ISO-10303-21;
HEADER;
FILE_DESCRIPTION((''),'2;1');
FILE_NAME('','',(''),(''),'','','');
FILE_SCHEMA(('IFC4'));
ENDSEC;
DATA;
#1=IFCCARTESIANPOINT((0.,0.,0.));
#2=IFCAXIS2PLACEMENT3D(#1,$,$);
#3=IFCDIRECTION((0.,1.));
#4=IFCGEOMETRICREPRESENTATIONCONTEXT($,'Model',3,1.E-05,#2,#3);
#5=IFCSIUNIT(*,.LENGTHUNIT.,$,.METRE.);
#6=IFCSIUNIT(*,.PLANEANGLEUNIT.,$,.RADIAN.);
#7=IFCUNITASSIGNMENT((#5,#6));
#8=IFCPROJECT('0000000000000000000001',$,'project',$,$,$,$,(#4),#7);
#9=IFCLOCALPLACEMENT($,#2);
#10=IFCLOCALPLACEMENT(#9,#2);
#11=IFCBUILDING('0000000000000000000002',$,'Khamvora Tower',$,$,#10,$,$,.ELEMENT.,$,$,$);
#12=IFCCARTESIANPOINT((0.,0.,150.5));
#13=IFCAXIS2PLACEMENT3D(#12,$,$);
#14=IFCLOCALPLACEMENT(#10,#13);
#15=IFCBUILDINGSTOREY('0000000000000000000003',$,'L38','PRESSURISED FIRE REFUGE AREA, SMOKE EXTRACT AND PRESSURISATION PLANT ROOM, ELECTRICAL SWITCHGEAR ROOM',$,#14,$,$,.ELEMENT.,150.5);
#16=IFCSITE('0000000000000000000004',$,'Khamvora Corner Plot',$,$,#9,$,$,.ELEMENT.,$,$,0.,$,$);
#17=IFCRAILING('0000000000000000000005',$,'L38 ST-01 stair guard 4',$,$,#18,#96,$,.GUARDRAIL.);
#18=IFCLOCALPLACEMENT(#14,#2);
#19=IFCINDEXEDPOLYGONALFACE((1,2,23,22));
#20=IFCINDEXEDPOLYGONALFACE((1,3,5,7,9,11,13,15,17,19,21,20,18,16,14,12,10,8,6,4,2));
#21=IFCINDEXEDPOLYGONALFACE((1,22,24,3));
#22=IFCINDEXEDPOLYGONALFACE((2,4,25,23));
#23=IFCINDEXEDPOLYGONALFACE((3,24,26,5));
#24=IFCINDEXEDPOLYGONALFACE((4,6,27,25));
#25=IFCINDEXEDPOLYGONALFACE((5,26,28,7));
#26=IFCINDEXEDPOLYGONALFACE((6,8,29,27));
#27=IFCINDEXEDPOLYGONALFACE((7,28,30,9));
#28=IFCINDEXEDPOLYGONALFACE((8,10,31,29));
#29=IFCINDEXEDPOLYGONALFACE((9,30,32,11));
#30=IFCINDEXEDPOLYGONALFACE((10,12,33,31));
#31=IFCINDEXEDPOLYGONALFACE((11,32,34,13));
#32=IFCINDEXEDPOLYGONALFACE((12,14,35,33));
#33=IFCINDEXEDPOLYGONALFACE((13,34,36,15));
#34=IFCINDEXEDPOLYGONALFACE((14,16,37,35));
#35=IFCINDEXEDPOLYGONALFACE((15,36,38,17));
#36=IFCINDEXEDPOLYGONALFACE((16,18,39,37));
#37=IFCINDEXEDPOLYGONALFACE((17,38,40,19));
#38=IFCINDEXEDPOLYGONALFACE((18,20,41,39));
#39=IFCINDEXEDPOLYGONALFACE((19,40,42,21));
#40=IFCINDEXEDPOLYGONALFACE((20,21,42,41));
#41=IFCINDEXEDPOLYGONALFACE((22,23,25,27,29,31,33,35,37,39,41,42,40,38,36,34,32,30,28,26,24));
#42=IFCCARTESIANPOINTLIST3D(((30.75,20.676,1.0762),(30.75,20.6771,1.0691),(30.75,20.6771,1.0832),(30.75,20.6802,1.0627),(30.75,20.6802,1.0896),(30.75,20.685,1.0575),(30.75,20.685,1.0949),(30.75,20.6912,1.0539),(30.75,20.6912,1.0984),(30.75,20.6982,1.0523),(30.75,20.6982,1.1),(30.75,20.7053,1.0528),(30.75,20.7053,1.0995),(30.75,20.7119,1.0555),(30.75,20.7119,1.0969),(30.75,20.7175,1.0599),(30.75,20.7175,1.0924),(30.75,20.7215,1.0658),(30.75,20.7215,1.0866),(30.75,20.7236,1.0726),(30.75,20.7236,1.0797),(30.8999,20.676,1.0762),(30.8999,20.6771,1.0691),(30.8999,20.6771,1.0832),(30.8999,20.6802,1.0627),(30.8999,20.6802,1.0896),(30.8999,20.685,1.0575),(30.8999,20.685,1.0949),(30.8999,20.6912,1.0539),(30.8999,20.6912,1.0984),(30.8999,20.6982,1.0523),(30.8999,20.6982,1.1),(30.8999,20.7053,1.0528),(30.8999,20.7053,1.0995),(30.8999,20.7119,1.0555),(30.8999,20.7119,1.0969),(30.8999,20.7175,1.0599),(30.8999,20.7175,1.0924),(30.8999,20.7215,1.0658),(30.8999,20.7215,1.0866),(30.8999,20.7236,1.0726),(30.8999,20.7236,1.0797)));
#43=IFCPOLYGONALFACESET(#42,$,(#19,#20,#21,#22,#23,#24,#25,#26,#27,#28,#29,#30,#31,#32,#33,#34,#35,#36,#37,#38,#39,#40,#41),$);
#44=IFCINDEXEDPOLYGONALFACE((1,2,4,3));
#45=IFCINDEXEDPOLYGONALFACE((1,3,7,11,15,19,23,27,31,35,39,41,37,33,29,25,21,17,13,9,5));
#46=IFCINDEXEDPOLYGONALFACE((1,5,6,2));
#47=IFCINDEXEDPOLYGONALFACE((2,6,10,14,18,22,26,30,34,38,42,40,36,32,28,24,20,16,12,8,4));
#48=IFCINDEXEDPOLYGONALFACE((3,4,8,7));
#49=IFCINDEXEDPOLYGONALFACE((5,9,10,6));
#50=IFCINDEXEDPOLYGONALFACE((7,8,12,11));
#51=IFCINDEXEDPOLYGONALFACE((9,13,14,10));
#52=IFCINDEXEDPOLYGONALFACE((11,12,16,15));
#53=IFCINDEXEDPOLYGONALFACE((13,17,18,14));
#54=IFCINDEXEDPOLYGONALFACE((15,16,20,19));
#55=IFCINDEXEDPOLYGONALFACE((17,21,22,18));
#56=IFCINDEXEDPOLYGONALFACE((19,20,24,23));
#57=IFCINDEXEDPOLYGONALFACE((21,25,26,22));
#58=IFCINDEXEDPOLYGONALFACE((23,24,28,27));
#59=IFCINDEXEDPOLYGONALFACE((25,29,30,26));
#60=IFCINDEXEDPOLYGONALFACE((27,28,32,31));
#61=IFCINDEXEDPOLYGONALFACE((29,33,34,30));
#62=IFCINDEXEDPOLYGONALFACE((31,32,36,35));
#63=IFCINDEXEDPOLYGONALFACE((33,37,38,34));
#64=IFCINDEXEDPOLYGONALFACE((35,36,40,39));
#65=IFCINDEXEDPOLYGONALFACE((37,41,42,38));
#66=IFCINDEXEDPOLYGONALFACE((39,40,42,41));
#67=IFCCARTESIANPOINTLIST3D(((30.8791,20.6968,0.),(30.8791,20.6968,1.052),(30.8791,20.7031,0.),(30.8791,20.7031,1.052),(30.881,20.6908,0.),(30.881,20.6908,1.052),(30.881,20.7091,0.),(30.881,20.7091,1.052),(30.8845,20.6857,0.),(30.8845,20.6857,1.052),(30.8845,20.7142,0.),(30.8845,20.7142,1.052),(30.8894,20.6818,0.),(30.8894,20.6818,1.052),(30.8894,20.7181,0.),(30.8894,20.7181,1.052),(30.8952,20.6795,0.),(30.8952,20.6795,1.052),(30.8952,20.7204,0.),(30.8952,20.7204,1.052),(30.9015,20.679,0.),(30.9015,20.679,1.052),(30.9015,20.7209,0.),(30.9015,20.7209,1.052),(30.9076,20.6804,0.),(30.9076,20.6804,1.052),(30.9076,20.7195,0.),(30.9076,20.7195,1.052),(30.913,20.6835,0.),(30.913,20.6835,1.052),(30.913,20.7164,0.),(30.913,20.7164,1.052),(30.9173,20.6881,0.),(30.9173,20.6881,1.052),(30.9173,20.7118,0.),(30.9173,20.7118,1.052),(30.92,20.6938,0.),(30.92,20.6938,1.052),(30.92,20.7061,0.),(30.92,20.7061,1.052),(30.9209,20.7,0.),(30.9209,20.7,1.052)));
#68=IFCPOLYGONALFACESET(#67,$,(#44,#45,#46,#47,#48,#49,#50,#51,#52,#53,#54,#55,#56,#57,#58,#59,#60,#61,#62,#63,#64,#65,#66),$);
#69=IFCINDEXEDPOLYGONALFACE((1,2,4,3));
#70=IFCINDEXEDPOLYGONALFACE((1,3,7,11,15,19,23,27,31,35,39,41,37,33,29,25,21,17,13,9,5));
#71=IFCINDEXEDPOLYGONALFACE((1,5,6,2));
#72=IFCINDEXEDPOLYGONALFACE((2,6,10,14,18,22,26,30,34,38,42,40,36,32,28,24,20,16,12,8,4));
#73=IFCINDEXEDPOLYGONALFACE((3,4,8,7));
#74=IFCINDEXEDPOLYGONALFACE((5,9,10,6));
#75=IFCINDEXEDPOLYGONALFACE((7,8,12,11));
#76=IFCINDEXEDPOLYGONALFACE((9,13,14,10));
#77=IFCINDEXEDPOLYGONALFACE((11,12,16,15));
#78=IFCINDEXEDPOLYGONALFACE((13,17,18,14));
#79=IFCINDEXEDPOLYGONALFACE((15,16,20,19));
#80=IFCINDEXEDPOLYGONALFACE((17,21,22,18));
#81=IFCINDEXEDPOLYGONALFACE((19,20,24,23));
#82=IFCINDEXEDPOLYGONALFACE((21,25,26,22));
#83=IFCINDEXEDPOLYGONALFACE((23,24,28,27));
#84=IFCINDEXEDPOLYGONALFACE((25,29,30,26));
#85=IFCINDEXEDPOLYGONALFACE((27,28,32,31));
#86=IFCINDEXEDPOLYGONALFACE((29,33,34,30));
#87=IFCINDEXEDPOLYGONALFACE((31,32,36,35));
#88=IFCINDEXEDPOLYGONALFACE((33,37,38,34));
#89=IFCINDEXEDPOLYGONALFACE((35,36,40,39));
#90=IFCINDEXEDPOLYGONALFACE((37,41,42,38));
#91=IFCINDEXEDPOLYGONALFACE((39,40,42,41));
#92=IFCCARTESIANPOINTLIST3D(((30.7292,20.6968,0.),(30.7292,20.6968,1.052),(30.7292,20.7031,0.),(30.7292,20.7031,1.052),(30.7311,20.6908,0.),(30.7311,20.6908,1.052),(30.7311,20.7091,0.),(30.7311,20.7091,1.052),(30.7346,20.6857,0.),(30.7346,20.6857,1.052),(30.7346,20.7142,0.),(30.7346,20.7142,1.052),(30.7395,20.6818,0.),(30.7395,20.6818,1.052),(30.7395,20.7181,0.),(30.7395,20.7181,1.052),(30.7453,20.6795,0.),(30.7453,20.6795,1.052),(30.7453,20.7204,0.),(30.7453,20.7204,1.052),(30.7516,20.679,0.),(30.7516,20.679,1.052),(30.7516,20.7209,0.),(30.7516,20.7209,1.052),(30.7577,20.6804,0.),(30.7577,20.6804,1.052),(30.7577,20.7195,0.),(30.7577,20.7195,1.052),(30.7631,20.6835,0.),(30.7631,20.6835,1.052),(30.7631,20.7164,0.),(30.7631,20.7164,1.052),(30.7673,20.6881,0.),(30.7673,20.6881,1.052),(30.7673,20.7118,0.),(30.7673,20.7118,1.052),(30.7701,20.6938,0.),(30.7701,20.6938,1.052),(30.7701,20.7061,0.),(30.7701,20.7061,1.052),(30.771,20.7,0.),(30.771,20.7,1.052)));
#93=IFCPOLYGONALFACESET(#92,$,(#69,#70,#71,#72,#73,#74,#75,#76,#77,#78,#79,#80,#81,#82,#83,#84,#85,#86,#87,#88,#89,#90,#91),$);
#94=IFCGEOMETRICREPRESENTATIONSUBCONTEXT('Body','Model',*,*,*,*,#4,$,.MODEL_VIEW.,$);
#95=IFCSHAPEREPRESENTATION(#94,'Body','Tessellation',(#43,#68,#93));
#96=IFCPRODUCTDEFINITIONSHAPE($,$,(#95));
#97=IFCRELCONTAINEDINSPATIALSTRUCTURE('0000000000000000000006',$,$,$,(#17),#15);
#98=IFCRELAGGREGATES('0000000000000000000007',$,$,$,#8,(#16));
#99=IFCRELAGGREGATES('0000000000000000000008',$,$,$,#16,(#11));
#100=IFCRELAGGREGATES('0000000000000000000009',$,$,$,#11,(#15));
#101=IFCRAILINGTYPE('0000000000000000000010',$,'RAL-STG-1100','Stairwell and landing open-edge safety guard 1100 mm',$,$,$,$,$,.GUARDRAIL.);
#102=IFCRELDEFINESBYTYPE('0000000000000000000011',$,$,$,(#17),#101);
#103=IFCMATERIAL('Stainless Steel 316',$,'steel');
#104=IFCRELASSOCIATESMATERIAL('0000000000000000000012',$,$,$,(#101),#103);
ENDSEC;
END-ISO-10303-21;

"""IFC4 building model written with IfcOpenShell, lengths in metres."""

from ifc_helpers import new_model, si_unit, direction, frame, origin, origin_2d, place, context, subcontext, project, spatial, circle, extrude, material, type_object, element, save


model = new_model("IFC4")

# Units and contexts
model_context = context("Model", 3, precision=1e-05, world=origin(), true_north=direction((0.0, 1.0)))
body_context = subcontext(model_context, "Body", "Model", "MODEL_VIEW")
ifc_project = project(units=[si_unit("LENGTHUNIT", "METRE"), si_unit("PLANEANGLEUNIT", "RADIAN")], contexts=[model_context])

# Site, building, storey
site_placement = place(None, origin())
site = spatial("IfcSite", under=ifc_project, at=site_placement, Name="Khamvora Corner Plot", CompositionType="ELEMENT", RefElevation=0.0)
building_placement = place(site_placement, origin())
building = spatial("IfcBuilding", under=site, at=building_placement, Name="Khamvora Tower", CompositionType="ELEMENT")
storey_placement = place(building_placement, frame((0.0, 0.0, 150.5)))
storey = spatial("IfcBuildingStorey", under=building, at=storey_placement, Name="L38", Description="PRESSURISED FIRE REFUGE AREA, SMOKE EXTRACT AND PRESSURISATION PLANT ROOM, ELECTRICAL SWITCHGEAR ROOM", CompositionType="ELEMENT", Elevation=150.5)

# Railing
ifc_material_1 = material(Name="Stainless Steel 316", Category="steel")
railing_type_1 = type_object("IfcRailingType", Name="RAL-STG-1100", Description="Stairwell and landing open-edge safety guard 1100 mm", PredefinedType="GUARDRAIL", material=ifc_material_1)
railing_1_placement = place(storey_placement, frame((30.8999, 20.7, 0.0)))
element("IfcRailing", 1, at=railing_1_placement, inside=storey, type_object=railing_type_1, Name="L38 ST-01 stair guard 4", PredefinedType="GUARDRAIL", context=body_context, shape_type="SweptSolid", body=[
    extrude(circle(Radius=0.0239, at=origin_2d()), frame((0.0, 0.0, 1.0762), z_axis=(-1.0, 0.0, 0.0), x_axis=(0.0, -1.0, 0.0)), (0.0, 0.0, 1.0), 0.1499),
    extrude(circle(Radius=0.021, at=origin_2d()), origin(), (0.0, 0.0, 1.0), 1.052),
    extrude(circle(Radius=0.021, at=origin_2d()), frame((-0.1499, 0.0, 0.0)), (0.0, 0.0, 1.0), 1.052),
])

save(model, "model.ifc")
